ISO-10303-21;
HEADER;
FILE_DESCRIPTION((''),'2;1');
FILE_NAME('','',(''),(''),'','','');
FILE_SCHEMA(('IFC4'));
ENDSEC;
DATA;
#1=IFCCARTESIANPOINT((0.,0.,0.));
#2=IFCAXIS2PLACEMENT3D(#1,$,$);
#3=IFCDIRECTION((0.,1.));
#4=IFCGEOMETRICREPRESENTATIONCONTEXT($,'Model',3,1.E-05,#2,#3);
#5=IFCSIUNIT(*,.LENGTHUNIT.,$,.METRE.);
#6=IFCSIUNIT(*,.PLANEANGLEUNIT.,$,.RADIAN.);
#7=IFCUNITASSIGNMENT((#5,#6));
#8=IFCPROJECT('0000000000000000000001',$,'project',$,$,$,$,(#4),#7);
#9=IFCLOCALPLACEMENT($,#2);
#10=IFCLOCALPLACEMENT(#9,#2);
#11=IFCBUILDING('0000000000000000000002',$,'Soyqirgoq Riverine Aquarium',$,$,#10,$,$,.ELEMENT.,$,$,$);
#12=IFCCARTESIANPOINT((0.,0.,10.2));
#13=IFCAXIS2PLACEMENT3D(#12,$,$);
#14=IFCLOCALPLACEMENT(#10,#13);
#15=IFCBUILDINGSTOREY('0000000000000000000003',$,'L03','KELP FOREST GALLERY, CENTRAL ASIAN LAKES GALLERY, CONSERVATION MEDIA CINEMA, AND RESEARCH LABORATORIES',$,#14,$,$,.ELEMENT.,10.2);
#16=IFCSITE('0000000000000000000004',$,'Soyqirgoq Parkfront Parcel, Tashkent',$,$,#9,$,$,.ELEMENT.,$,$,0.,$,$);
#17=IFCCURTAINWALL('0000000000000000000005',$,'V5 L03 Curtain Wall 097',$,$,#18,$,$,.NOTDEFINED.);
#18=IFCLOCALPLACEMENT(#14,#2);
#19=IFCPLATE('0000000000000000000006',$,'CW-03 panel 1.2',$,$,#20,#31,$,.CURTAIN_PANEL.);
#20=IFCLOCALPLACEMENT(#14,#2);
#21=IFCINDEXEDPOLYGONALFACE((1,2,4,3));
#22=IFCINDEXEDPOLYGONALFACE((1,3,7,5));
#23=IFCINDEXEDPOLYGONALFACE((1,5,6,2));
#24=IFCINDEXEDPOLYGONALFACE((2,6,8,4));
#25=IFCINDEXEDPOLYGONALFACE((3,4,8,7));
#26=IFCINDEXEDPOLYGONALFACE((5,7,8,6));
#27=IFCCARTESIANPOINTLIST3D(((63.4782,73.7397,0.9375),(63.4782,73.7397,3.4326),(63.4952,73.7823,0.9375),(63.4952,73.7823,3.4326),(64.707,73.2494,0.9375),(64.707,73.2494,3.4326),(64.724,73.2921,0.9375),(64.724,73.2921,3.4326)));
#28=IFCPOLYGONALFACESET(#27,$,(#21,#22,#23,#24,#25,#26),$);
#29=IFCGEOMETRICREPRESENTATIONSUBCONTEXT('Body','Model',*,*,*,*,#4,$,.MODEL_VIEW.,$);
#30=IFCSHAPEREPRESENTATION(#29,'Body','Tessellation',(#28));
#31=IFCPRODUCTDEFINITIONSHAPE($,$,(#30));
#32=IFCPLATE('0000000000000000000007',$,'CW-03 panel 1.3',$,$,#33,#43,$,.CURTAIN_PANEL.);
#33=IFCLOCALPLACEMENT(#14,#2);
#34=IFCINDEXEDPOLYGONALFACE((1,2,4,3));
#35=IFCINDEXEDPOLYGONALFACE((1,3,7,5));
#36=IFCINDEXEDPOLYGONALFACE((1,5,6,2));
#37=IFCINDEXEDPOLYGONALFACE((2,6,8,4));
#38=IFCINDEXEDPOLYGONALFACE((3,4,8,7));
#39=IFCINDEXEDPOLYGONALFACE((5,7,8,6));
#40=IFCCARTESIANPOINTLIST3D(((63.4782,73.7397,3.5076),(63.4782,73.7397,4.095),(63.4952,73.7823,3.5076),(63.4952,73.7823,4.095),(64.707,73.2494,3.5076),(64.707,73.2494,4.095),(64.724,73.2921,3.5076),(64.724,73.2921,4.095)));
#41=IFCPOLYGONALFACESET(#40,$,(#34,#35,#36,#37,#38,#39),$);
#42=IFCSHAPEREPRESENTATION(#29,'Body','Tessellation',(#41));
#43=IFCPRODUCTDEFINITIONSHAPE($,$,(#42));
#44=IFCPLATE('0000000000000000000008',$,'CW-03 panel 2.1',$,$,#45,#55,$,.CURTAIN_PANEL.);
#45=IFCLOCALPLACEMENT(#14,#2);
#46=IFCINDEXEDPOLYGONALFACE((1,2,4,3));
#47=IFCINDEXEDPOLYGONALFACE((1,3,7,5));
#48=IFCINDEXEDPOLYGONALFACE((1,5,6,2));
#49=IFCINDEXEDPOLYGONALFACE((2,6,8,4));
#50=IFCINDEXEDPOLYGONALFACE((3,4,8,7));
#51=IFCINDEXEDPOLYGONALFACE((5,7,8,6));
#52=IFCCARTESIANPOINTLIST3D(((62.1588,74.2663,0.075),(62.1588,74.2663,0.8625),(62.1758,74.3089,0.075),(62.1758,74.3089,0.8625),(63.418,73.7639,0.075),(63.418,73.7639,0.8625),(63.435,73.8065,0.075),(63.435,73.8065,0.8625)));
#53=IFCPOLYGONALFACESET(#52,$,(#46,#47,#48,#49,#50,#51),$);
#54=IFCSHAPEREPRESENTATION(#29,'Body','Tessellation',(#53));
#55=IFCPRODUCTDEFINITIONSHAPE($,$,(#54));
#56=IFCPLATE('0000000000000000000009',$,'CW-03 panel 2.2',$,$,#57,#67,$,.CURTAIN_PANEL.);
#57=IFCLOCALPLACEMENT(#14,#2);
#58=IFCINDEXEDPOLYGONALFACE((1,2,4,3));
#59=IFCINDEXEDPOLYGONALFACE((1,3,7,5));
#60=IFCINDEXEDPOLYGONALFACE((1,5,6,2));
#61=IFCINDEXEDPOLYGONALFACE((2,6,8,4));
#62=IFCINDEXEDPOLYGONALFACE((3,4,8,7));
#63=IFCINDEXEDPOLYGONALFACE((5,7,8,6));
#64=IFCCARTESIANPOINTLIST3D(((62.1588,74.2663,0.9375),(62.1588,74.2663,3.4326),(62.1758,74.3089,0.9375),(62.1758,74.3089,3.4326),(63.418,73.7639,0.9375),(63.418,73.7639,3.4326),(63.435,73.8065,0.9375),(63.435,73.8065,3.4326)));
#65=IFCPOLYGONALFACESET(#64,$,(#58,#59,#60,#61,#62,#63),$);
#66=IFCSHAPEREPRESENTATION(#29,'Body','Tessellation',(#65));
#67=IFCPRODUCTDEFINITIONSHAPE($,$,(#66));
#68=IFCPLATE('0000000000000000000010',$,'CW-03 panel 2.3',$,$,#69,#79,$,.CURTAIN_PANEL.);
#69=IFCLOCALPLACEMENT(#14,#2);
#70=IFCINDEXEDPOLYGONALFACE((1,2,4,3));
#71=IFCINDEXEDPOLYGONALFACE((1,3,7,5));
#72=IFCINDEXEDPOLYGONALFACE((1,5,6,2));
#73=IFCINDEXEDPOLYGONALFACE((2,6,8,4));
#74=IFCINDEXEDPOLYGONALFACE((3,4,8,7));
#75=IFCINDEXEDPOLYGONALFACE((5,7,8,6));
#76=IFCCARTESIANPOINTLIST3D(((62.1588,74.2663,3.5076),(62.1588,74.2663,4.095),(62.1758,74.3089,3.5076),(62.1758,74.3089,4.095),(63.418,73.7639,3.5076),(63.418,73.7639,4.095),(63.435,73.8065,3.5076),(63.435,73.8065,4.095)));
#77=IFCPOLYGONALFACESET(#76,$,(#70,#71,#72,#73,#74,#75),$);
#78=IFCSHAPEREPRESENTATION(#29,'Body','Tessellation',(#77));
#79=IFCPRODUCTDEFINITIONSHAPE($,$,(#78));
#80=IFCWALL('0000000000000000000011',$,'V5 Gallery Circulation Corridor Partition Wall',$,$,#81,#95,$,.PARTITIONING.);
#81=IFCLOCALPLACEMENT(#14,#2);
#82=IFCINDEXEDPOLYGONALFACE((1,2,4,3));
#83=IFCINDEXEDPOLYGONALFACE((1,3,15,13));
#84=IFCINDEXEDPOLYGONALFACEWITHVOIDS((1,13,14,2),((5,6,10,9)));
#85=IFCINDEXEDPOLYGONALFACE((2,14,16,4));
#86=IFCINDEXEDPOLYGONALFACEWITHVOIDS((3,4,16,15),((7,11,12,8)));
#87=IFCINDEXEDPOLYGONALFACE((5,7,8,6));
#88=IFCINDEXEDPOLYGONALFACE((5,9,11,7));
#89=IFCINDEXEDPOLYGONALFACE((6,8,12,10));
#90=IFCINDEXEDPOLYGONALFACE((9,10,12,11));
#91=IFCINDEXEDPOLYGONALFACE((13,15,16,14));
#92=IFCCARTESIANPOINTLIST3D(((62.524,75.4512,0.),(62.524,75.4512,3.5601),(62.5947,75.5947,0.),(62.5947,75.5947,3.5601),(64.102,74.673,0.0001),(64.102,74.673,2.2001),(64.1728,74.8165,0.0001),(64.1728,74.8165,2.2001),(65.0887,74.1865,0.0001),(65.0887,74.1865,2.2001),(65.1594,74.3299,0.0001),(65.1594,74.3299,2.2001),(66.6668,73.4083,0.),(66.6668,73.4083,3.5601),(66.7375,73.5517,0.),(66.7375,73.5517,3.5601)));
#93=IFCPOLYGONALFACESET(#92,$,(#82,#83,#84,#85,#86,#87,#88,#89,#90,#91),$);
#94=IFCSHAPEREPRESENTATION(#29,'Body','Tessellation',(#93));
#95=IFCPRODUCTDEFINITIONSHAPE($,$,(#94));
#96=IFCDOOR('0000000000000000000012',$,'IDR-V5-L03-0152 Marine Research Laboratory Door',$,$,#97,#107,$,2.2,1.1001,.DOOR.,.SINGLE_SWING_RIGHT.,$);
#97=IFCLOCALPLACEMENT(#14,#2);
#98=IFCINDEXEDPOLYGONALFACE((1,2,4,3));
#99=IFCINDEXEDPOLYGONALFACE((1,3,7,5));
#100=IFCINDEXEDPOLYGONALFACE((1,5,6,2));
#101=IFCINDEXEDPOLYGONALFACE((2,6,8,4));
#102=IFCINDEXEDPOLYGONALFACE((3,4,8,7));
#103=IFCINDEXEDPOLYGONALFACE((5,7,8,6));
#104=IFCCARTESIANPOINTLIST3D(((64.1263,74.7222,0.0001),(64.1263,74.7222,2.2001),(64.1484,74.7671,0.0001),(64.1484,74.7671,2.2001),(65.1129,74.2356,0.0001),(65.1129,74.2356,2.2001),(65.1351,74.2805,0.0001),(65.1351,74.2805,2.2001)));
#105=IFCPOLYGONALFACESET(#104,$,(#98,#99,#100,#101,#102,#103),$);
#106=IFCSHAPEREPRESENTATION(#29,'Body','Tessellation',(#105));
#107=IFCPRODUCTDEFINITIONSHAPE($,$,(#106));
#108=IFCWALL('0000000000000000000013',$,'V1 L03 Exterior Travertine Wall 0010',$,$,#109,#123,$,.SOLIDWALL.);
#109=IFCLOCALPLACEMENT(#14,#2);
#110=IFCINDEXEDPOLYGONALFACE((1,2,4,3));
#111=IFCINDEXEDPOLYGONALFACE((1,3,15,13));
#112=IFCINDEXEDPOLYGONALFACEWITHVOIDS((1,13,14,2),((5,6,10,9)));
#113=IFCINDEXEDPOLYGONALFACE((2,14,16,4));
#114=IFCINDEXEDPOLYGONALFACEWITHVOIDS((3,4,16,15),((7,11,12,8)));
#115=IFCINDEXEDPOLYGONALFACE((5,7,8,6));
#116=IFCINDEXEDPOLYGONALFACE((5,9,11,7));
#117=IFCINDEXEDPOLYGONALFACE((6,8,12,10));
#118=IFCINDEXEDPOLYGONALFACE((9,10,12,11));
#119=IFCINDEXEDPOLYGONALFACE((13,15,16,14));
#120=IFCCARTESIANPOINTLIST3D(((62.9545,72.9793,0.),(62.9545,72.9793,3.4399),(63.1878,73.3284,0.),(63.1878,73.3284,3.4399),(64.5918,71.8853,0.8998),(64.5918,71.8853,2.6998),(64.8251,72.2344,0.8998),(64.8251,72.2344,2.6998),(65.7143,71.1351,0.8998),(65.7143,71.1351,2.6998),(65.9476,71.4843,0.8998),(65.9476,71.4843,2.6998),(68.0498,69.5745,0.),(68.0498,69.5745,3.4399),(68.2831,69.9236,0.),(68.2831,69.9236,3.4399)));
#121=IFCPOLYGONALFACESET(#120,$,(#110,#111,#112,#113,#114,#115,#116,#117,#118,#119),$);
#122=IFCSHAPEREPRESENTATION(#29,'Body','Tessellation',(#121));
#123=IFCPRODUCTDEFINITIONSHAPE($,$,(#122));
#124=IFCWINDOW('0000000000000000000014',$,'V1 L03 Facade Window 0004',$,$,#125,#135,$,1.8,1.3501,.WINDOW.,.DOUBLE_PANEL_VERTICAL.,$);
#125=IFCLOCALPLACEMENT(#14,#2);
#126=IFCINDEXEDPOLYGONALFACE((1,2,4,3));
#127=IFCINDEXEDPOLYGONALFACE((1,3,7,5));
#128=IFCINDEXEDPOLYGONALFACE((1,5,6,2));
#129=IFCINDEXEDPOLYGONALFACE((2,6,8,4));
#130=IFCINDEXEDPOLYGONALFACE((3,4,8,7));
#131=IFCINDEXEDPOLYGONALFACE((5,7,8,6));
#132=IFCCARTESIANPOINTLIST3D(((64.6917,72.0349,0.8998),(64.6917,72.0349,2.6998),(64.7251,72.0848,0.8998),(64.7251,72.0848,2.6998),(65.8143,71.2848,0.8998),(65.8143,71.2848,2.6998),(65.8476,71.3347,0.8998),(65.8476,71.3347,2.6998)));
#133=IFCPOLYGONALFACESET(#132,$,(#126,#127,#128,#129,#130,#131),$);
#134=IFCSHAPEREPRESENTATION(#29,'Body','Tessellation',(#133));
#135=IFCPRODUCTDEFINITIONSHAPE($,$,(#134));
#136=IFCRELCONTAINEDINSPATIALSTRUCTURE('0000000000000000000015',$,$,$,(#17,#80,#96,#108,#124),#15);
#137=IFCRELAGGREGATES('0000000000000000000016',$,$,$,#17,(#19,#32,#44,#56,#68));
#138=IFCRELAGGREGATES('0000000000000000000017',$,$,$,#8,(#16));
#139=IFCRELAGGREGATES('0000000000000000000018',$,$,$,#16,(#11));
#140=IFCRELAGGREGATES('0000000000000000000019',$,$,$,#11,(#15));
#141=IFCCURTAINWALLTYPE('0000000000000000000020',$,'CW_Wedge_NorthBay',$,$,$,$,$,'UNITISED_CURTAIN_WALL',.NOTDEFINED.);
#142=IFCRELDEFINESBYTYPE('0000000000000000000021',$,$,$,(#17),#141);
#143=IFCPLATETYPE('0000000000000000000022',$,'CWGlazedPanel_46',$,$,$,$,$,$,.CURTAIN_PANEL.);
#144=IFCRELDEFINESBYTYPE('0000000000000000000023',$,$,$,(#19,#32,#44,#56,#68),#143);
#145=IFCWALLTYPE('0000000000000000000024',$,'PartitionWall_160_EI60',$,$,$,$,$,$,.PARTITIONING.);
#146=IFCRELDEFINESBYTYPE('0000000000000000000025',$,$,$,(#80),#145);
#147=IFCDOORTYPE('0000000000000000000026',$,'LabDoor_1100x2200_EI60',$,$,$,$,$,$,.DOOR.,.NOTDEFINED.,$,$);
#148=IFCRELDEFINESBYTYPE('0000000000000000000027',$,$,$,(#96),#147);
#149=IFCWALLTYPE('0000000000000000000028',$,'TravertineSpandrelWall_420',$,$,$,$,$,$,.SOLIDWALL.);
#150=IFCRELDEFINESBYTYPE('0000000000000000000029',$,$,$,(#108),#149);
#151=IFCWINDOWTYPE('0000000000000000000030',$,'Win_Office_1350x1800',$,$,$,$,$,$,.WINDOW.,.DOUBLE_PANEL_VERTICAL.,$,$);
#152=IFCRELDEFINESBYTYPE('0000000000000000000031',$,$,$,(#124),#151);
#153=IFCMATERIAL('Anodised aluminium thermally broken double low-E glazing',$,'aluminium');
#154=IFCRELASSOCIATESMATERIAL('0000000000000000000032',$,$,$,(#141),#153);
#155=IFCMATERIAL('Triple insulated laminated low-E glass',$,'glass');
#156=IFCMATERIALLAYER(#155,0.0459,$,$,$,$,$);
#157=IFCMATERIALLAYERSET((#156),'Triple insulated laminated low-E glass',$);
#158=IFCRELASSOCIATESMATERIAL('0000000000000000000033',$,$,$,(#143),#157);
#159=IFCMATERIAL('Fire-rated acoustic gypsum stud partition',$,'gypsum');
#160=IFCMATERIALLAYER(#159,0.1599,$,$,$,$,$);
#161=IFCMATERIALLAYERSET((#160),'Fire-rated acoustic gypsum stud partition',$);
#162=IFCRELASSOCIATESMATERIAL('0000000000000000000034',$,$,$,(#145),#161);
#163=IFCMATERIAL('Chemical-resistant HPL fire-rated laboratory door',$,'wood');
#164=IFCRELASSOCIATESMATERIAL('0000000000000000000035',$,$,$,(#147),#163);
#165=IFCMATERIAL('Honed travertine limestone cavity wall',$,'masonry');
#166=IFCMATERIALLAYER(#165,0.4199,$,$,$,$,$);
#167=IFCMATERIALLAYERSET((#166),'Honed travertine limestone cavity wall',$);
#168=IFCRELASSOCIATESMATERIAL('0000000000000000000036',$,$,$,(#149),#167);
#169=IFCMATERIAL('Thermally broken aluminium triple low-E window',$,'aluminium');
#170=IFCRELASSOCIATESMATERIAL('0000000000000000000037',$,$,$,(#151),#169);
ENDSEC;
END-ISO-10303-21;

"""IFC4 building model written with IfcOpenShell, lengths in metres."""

from ifc_helpers import new_model, si_unit, direction, frame, frame_2d, origin, origin_2d, place, context, subcontext, project, spatial, rectangle, extrude, material, layer, layer_set, type_object, element, fill, aggregate, save


model = new_model("IFC4")

# Units and contexts
model_context = context("Model", 3, precision=1e-05, world=origin(), true_north=direction((0.0, 1.0)))
body_context = subcontext(model_context, "Body", "Model", "MODEL_VIEW")
ifc_project = project(units=[si_unit("LENGTHUNIT", "METRE"), si_unit("PLANEANGLEUNIT", "RADIAN")], contexts=[model_context])

# Site, building, storey
site_placement = place(None, origin())
site = spatial("IfcSite", under=ifc_project, at=site_placement, Name="Soyqirgoq Parkfront Parcel, Tashkent", CompositionType="ELEMENT", RefElevation=0.0)
building_placement = place(site_placement, origin())
building = spatial("IfcBuilding", under=site, at=building_placement, Name="Soyqirgoq Riverine Aquarium", CompositionType="ELEMENT")
storey_placement = place(building_placement, frame((0.0, 0.0, 10.2)))
storey = spatial("IfcBuildingStorey", under=building, at=storey_placement, Name="L03", Description="KELP FOREST GALLERY, CENTRAL ASIAN LAKES GALLERY, CONSERVATION MEDIA CINEMA, AND RESEARCH LABORATORIES", CompositionType="ELEMENT", Elevation=10.2)

# Curtain wall
ifc_material_1 = material(Name="Anodised aluminium thermally broken double low-E glazing", Category="aluminium")
curtain_wall_type_1 = type_object("IfcCurtainWallType", Name="CW_Wedge_NorthBay", ElementType="UNITISED_CURTAIN_WALL", PredefinedType="NOTDEFINED", material=ifc_material_1)
curtain_wall_1_placement = place(storey_placement, origin())
curtain_wall_1 = element("IfcCurtainWall", 1, at=curtain_wall_1_placement, inside=storey, type_object=curtain_wall_type_1, Name="V5 L03 Curtain Wall 097", PredefinedType="NOTDEFINED")

# Plates
ifc_material_2 = material(Name="Triple insulated laminated low-E glass", Category="glass")
ifc_layer_1 = layer(ifc_material_2, 0.0459)
ifc_layer_set_1 = layer_set([ifc_layer_1], Name="Triple insulated laminated low-E glass")
plate_type = type_object("IfcPlateType", Name="CWGlazedPanel_46", PredefinedType="CURTAIN_PANEL", material=ifc_layer_set_1)
plate_1_placement = place(storey_placement, frame((64.1011, 73.5159, 0.9375), z_axis=(0.0, 0.0, 1.0), x_axis=(-0.928805, 0.370569, 0.0)))
plate_1 = element("IfcPlate", 2, at=plate_1_placement, type_object=plate_type, Name="CW-03 panel 1.2", PredefinedType="CURTAIN_PANEL", context=body_context, shape_type="SweptSolid", body=[
    extrude(rectangle(XDim=1.323, YDim=0.0459, at=origin_2d()), origin(), (0.0, 0.0, 1.0), 2.4951),
])
plate_2_placement = place(storey_placement, frame((64.1011, 73.5159, 3.5076), z_axis=(0.0, 0.0, 1.0), x_axis=(-0.928805, 0.370569, 0.0)))
plate_2 = element("IfcPlate", 3, at=plate_2_placement, type_object=plate_type, Name="CW-03 panel 1.3", PredefinedType="CURTAIN_PANEL", context=body_context, shape_type="SweptSolid", body=[
    extrude(rectangle(XDim=1.323, YDim=0.0459, at=origin_2d()), origin(), (0.0, 0.0, 1.0), 0.5874),
])
plate_3_placement = place(storey_placement, frame((62.7969, 74.0364, 0.075), z_axis=(0.0, 0.0, 1.0), x_axis=(-0.928805, 0.370569, 0.0)))
plate_3 = element("IfcPlate", 4, at=plate_3_placement, type_object=plate_type, Name="CW-03 panel 2.1", PredefinedType="CURTAIN_PANEL", context=body_context, shape_type="SweptSolid", body=[
    extrude(rectangle(XDim=1.3557, YDim=0.0459, at=origin_2d()), origin(), (0.0, 0.0, 1.0), 0.7876),
])
plate_4_placement = place(storey_placement, frame((62.7969, 74.0364, 0.9375), z_axis=(0.0, 0.0, 1.0), x_axis=(-0.928805, 0.370569, 0.0)))
plate_4 = element("IfcPlate", 5, at=plate_4_placement, type_object=plate_type, Name="CW-03 panel 2.2", PredefinedType="CURTAIN_PANEL", context=body_context, shape_type="SweptSolid", body=[
    extrude(rectangle(XDim=1.3557, YDim=0.0459, at=origin_2d()), origin(), (0.0, 0.0, 1.0), 2.4951),
])
plate_5_placement = place(storey_placement, frame((62.7969, 74.0364, 3.5076), z_axis=(0.0, 0.0, 1.0), x_axis=(-0.928805, 0.370569, 0.0)))
plate_5 = element("IfcPlate", 6, at=plate_5_placement, type_object=plate_type, Name="CW-03 panel 2.3", PredefinedType="CURTAIN_PANEL", context=body_context, shape_type="SweptSolid", body=[
    extrude(rectangle(XDim=1.3557, YDim=0.0459, at=origin_2d()), origin(), (0.0, 0.0, 1.0), 0.5874),
])
aggregate(curtain_wall_1, [plate_1, plate_2, plate_3, plate_4, plate_5])

# Wall, opening, door
ifc_material_3 = material(Name="Fire-rated acoustic gypsum stud partition", Category="gypsum")
ifc_layer_2 = layer(ifc_material_3, 0.1599)
ifc_layer_set_2 = layer_set([ifc_layer_2], Name="Fire-rated acoustic gypsum stud partition")
wall_type_1 = type_object("IfcWallType", Name="PartitionWall_160_EI60", PredefinedType="PARTITIONING", material=ifc_layer_set_2)
wall_1_placement = place(storey_placement, frame((62.5593, 75.5229, 0.0), z_axis=(0.0, 0.0, 1.0), x_axis=(0.896877, -0.442281, 0.0)))
wall_1 = element("IfcWall", 7, at=wall_1_placement, inside=storey, type_object=wall_type_1, Name="V5 Gallery Circulation Corridor Partition Wall", PredefinedType="PARTITIONING", context=body_context, shape_type="SweptSolid", body=[
    extrude(rectangle(XDim=4.6191, YDim=0.1599, at=frame_2d((2.3096, 0.0))), origin(), (0.0, 0.0, 1.0), 3.5601),
])
opening_1_placement = place(wall_1_placement, frame((1.7595, 0.0, 0.0)))
opening_1 = element("IfcOpeningElement", 8, at=opening_1_placement, cuts=wall_1, PredefinedType="OPENING", context=body_context, shape_type="SweptSolid", body=[
    extrude(rectangle(XDim=1.1001, YDim=2.2, at=frame_2d((0.55, 1.1001))), frame((0.0, 0.0898, 0.0), z_axis=(0.0, -1.0, 0.0), x_axis=(1.0, 0.0, 0.0)), (0.0, 0.0, 1.0), 0.1799),
])
ifc_material_4 = material(Name="Chemical-resistant HPL fire-rated laboratory door", Category="wood")
door_type = type_object("IfcDoorType", Name="LabDoor_1100x2200_EI60", OperationType="NOTDEFINED", PredefinedType="DOOR", material=ifc_material_4)
door_placement = place(opening_1_placement, origin())
door = element("IfcDoor", 9, at=door_placement, inside=storey, type_object=door_type, Name="IDR-V5-L03-0152 Marine Research Laboratory Door", OperationType="SINGLE_SWING_RIGHT", OverallHeight=2.2, OverallWidth=1.1001, PredefinedType="DOOR", context=body_context, shape_type="SweptSolid", body=[
    extrude(rectangle(XDim=1.1001, YDim=2.2, at=frame_2d((0.55, 1.1001))), frame((0.0, 0.0249, 0.0), z_axis=(0.0, -1.0, 0.0), x_axis=(1.0, 0.0, 0.0)), (0.0, 0.0, 1.0), 0.05),
])
fill(opening_1, door)

# Wall, opening, window
ifc_material_5 = material(Name="Honed travertine limestone cavity wall", Category="masonry")
ifc_layer_3 = layer(ifc_material_5, 0.4199)
ifc_layer_set_3 = layer_set([ifc_layer_3], Name="Honed travertine limestone cavity wall")
wall_type_2 = type_object("IfcWallType", Name="TravertineSpandrelWall_420", PredefinedType="SOLIDWALL", material=ifc_layer_set_3)
wall_2_placement = place(storey_placement, frame((63.0713, 73.1538, 0.0), z_axis=(0.0, 0.0, 1.0), x_axis=(0.831449, -0.555601, 0.0)))
wall_2 = element("IfcWall", 10, at=wall_2_placement, inside=storey, type_object=wall_type_2, Name="V1 L03 Exterior Travertine Wall 0010", PredefinedType="SOLIDWALL", context=body_context, shape_type="SweptSolid", body=[
    extrude(rectangle(XDim=6.1282, YDim=0.4199, at=frame_2d((3.064, 0.0))), origin(), (0.0, 0.0, 1.0), 3.4399),
])
opening_2_placement = place(wall_2_placement, frame((1.969, 0.0, 0.8999)))
opening_2 = element("IfcOpeningElement", 11, at=opening_2_placement, cuts=wall_2, PredefinedType="OPENING", context=body_context, shape_type="SweptSolid", body=[
    extrude(rectangle(XDim=1.3501, YDim=1.8, at=frame_2d((0.675, 0.8999))), frame((0.0, 0.22, 0.0), z_axis=(0.0, -1.0, 0.0), x_axis=(1.0, 0.0, 0.0)), (0.0, 0.0, 1.0), 0.4399),
])
ifc_material_6 = material(Name="Thermally broken aluminium triple low-E window", Category="aluminium")
window_type = type_object("IfcWindowType", Name="Win_Office_1350x1800", PartitioningType="DOUBLE_PANEL_VERTICAL", PredefinedType="WINDOW", material=ifc_material_6)
window_placement = place(opening_2_placement, origin())
window = element("IfcWindow", 12, at=window_placement, inside=storey, type_object=window_type, Name="V1 L03 Facade Window 0004", OverallHeight=1.8, OverallWidth=1.3501, PartitioningType="DOUBLE_PANEL_VERTICAL", PredefinedType="WINDOW", context=body_context, shape_type="SweptSolid", body=[
    extrude(rectangle(XDim=1.3501, YDim=1.8, at=frame_2d((0.675, 0.8999))), frame((0.0, 0.03, 0.0), z_axis=(0.0, -1.0, 0.0), x_axis=(1.0, 0.0, 0.0)), (0.0, 0.0, 1.0), 0.0601),
])
fill(opening_2, window)

save(model, "model.ifc")
